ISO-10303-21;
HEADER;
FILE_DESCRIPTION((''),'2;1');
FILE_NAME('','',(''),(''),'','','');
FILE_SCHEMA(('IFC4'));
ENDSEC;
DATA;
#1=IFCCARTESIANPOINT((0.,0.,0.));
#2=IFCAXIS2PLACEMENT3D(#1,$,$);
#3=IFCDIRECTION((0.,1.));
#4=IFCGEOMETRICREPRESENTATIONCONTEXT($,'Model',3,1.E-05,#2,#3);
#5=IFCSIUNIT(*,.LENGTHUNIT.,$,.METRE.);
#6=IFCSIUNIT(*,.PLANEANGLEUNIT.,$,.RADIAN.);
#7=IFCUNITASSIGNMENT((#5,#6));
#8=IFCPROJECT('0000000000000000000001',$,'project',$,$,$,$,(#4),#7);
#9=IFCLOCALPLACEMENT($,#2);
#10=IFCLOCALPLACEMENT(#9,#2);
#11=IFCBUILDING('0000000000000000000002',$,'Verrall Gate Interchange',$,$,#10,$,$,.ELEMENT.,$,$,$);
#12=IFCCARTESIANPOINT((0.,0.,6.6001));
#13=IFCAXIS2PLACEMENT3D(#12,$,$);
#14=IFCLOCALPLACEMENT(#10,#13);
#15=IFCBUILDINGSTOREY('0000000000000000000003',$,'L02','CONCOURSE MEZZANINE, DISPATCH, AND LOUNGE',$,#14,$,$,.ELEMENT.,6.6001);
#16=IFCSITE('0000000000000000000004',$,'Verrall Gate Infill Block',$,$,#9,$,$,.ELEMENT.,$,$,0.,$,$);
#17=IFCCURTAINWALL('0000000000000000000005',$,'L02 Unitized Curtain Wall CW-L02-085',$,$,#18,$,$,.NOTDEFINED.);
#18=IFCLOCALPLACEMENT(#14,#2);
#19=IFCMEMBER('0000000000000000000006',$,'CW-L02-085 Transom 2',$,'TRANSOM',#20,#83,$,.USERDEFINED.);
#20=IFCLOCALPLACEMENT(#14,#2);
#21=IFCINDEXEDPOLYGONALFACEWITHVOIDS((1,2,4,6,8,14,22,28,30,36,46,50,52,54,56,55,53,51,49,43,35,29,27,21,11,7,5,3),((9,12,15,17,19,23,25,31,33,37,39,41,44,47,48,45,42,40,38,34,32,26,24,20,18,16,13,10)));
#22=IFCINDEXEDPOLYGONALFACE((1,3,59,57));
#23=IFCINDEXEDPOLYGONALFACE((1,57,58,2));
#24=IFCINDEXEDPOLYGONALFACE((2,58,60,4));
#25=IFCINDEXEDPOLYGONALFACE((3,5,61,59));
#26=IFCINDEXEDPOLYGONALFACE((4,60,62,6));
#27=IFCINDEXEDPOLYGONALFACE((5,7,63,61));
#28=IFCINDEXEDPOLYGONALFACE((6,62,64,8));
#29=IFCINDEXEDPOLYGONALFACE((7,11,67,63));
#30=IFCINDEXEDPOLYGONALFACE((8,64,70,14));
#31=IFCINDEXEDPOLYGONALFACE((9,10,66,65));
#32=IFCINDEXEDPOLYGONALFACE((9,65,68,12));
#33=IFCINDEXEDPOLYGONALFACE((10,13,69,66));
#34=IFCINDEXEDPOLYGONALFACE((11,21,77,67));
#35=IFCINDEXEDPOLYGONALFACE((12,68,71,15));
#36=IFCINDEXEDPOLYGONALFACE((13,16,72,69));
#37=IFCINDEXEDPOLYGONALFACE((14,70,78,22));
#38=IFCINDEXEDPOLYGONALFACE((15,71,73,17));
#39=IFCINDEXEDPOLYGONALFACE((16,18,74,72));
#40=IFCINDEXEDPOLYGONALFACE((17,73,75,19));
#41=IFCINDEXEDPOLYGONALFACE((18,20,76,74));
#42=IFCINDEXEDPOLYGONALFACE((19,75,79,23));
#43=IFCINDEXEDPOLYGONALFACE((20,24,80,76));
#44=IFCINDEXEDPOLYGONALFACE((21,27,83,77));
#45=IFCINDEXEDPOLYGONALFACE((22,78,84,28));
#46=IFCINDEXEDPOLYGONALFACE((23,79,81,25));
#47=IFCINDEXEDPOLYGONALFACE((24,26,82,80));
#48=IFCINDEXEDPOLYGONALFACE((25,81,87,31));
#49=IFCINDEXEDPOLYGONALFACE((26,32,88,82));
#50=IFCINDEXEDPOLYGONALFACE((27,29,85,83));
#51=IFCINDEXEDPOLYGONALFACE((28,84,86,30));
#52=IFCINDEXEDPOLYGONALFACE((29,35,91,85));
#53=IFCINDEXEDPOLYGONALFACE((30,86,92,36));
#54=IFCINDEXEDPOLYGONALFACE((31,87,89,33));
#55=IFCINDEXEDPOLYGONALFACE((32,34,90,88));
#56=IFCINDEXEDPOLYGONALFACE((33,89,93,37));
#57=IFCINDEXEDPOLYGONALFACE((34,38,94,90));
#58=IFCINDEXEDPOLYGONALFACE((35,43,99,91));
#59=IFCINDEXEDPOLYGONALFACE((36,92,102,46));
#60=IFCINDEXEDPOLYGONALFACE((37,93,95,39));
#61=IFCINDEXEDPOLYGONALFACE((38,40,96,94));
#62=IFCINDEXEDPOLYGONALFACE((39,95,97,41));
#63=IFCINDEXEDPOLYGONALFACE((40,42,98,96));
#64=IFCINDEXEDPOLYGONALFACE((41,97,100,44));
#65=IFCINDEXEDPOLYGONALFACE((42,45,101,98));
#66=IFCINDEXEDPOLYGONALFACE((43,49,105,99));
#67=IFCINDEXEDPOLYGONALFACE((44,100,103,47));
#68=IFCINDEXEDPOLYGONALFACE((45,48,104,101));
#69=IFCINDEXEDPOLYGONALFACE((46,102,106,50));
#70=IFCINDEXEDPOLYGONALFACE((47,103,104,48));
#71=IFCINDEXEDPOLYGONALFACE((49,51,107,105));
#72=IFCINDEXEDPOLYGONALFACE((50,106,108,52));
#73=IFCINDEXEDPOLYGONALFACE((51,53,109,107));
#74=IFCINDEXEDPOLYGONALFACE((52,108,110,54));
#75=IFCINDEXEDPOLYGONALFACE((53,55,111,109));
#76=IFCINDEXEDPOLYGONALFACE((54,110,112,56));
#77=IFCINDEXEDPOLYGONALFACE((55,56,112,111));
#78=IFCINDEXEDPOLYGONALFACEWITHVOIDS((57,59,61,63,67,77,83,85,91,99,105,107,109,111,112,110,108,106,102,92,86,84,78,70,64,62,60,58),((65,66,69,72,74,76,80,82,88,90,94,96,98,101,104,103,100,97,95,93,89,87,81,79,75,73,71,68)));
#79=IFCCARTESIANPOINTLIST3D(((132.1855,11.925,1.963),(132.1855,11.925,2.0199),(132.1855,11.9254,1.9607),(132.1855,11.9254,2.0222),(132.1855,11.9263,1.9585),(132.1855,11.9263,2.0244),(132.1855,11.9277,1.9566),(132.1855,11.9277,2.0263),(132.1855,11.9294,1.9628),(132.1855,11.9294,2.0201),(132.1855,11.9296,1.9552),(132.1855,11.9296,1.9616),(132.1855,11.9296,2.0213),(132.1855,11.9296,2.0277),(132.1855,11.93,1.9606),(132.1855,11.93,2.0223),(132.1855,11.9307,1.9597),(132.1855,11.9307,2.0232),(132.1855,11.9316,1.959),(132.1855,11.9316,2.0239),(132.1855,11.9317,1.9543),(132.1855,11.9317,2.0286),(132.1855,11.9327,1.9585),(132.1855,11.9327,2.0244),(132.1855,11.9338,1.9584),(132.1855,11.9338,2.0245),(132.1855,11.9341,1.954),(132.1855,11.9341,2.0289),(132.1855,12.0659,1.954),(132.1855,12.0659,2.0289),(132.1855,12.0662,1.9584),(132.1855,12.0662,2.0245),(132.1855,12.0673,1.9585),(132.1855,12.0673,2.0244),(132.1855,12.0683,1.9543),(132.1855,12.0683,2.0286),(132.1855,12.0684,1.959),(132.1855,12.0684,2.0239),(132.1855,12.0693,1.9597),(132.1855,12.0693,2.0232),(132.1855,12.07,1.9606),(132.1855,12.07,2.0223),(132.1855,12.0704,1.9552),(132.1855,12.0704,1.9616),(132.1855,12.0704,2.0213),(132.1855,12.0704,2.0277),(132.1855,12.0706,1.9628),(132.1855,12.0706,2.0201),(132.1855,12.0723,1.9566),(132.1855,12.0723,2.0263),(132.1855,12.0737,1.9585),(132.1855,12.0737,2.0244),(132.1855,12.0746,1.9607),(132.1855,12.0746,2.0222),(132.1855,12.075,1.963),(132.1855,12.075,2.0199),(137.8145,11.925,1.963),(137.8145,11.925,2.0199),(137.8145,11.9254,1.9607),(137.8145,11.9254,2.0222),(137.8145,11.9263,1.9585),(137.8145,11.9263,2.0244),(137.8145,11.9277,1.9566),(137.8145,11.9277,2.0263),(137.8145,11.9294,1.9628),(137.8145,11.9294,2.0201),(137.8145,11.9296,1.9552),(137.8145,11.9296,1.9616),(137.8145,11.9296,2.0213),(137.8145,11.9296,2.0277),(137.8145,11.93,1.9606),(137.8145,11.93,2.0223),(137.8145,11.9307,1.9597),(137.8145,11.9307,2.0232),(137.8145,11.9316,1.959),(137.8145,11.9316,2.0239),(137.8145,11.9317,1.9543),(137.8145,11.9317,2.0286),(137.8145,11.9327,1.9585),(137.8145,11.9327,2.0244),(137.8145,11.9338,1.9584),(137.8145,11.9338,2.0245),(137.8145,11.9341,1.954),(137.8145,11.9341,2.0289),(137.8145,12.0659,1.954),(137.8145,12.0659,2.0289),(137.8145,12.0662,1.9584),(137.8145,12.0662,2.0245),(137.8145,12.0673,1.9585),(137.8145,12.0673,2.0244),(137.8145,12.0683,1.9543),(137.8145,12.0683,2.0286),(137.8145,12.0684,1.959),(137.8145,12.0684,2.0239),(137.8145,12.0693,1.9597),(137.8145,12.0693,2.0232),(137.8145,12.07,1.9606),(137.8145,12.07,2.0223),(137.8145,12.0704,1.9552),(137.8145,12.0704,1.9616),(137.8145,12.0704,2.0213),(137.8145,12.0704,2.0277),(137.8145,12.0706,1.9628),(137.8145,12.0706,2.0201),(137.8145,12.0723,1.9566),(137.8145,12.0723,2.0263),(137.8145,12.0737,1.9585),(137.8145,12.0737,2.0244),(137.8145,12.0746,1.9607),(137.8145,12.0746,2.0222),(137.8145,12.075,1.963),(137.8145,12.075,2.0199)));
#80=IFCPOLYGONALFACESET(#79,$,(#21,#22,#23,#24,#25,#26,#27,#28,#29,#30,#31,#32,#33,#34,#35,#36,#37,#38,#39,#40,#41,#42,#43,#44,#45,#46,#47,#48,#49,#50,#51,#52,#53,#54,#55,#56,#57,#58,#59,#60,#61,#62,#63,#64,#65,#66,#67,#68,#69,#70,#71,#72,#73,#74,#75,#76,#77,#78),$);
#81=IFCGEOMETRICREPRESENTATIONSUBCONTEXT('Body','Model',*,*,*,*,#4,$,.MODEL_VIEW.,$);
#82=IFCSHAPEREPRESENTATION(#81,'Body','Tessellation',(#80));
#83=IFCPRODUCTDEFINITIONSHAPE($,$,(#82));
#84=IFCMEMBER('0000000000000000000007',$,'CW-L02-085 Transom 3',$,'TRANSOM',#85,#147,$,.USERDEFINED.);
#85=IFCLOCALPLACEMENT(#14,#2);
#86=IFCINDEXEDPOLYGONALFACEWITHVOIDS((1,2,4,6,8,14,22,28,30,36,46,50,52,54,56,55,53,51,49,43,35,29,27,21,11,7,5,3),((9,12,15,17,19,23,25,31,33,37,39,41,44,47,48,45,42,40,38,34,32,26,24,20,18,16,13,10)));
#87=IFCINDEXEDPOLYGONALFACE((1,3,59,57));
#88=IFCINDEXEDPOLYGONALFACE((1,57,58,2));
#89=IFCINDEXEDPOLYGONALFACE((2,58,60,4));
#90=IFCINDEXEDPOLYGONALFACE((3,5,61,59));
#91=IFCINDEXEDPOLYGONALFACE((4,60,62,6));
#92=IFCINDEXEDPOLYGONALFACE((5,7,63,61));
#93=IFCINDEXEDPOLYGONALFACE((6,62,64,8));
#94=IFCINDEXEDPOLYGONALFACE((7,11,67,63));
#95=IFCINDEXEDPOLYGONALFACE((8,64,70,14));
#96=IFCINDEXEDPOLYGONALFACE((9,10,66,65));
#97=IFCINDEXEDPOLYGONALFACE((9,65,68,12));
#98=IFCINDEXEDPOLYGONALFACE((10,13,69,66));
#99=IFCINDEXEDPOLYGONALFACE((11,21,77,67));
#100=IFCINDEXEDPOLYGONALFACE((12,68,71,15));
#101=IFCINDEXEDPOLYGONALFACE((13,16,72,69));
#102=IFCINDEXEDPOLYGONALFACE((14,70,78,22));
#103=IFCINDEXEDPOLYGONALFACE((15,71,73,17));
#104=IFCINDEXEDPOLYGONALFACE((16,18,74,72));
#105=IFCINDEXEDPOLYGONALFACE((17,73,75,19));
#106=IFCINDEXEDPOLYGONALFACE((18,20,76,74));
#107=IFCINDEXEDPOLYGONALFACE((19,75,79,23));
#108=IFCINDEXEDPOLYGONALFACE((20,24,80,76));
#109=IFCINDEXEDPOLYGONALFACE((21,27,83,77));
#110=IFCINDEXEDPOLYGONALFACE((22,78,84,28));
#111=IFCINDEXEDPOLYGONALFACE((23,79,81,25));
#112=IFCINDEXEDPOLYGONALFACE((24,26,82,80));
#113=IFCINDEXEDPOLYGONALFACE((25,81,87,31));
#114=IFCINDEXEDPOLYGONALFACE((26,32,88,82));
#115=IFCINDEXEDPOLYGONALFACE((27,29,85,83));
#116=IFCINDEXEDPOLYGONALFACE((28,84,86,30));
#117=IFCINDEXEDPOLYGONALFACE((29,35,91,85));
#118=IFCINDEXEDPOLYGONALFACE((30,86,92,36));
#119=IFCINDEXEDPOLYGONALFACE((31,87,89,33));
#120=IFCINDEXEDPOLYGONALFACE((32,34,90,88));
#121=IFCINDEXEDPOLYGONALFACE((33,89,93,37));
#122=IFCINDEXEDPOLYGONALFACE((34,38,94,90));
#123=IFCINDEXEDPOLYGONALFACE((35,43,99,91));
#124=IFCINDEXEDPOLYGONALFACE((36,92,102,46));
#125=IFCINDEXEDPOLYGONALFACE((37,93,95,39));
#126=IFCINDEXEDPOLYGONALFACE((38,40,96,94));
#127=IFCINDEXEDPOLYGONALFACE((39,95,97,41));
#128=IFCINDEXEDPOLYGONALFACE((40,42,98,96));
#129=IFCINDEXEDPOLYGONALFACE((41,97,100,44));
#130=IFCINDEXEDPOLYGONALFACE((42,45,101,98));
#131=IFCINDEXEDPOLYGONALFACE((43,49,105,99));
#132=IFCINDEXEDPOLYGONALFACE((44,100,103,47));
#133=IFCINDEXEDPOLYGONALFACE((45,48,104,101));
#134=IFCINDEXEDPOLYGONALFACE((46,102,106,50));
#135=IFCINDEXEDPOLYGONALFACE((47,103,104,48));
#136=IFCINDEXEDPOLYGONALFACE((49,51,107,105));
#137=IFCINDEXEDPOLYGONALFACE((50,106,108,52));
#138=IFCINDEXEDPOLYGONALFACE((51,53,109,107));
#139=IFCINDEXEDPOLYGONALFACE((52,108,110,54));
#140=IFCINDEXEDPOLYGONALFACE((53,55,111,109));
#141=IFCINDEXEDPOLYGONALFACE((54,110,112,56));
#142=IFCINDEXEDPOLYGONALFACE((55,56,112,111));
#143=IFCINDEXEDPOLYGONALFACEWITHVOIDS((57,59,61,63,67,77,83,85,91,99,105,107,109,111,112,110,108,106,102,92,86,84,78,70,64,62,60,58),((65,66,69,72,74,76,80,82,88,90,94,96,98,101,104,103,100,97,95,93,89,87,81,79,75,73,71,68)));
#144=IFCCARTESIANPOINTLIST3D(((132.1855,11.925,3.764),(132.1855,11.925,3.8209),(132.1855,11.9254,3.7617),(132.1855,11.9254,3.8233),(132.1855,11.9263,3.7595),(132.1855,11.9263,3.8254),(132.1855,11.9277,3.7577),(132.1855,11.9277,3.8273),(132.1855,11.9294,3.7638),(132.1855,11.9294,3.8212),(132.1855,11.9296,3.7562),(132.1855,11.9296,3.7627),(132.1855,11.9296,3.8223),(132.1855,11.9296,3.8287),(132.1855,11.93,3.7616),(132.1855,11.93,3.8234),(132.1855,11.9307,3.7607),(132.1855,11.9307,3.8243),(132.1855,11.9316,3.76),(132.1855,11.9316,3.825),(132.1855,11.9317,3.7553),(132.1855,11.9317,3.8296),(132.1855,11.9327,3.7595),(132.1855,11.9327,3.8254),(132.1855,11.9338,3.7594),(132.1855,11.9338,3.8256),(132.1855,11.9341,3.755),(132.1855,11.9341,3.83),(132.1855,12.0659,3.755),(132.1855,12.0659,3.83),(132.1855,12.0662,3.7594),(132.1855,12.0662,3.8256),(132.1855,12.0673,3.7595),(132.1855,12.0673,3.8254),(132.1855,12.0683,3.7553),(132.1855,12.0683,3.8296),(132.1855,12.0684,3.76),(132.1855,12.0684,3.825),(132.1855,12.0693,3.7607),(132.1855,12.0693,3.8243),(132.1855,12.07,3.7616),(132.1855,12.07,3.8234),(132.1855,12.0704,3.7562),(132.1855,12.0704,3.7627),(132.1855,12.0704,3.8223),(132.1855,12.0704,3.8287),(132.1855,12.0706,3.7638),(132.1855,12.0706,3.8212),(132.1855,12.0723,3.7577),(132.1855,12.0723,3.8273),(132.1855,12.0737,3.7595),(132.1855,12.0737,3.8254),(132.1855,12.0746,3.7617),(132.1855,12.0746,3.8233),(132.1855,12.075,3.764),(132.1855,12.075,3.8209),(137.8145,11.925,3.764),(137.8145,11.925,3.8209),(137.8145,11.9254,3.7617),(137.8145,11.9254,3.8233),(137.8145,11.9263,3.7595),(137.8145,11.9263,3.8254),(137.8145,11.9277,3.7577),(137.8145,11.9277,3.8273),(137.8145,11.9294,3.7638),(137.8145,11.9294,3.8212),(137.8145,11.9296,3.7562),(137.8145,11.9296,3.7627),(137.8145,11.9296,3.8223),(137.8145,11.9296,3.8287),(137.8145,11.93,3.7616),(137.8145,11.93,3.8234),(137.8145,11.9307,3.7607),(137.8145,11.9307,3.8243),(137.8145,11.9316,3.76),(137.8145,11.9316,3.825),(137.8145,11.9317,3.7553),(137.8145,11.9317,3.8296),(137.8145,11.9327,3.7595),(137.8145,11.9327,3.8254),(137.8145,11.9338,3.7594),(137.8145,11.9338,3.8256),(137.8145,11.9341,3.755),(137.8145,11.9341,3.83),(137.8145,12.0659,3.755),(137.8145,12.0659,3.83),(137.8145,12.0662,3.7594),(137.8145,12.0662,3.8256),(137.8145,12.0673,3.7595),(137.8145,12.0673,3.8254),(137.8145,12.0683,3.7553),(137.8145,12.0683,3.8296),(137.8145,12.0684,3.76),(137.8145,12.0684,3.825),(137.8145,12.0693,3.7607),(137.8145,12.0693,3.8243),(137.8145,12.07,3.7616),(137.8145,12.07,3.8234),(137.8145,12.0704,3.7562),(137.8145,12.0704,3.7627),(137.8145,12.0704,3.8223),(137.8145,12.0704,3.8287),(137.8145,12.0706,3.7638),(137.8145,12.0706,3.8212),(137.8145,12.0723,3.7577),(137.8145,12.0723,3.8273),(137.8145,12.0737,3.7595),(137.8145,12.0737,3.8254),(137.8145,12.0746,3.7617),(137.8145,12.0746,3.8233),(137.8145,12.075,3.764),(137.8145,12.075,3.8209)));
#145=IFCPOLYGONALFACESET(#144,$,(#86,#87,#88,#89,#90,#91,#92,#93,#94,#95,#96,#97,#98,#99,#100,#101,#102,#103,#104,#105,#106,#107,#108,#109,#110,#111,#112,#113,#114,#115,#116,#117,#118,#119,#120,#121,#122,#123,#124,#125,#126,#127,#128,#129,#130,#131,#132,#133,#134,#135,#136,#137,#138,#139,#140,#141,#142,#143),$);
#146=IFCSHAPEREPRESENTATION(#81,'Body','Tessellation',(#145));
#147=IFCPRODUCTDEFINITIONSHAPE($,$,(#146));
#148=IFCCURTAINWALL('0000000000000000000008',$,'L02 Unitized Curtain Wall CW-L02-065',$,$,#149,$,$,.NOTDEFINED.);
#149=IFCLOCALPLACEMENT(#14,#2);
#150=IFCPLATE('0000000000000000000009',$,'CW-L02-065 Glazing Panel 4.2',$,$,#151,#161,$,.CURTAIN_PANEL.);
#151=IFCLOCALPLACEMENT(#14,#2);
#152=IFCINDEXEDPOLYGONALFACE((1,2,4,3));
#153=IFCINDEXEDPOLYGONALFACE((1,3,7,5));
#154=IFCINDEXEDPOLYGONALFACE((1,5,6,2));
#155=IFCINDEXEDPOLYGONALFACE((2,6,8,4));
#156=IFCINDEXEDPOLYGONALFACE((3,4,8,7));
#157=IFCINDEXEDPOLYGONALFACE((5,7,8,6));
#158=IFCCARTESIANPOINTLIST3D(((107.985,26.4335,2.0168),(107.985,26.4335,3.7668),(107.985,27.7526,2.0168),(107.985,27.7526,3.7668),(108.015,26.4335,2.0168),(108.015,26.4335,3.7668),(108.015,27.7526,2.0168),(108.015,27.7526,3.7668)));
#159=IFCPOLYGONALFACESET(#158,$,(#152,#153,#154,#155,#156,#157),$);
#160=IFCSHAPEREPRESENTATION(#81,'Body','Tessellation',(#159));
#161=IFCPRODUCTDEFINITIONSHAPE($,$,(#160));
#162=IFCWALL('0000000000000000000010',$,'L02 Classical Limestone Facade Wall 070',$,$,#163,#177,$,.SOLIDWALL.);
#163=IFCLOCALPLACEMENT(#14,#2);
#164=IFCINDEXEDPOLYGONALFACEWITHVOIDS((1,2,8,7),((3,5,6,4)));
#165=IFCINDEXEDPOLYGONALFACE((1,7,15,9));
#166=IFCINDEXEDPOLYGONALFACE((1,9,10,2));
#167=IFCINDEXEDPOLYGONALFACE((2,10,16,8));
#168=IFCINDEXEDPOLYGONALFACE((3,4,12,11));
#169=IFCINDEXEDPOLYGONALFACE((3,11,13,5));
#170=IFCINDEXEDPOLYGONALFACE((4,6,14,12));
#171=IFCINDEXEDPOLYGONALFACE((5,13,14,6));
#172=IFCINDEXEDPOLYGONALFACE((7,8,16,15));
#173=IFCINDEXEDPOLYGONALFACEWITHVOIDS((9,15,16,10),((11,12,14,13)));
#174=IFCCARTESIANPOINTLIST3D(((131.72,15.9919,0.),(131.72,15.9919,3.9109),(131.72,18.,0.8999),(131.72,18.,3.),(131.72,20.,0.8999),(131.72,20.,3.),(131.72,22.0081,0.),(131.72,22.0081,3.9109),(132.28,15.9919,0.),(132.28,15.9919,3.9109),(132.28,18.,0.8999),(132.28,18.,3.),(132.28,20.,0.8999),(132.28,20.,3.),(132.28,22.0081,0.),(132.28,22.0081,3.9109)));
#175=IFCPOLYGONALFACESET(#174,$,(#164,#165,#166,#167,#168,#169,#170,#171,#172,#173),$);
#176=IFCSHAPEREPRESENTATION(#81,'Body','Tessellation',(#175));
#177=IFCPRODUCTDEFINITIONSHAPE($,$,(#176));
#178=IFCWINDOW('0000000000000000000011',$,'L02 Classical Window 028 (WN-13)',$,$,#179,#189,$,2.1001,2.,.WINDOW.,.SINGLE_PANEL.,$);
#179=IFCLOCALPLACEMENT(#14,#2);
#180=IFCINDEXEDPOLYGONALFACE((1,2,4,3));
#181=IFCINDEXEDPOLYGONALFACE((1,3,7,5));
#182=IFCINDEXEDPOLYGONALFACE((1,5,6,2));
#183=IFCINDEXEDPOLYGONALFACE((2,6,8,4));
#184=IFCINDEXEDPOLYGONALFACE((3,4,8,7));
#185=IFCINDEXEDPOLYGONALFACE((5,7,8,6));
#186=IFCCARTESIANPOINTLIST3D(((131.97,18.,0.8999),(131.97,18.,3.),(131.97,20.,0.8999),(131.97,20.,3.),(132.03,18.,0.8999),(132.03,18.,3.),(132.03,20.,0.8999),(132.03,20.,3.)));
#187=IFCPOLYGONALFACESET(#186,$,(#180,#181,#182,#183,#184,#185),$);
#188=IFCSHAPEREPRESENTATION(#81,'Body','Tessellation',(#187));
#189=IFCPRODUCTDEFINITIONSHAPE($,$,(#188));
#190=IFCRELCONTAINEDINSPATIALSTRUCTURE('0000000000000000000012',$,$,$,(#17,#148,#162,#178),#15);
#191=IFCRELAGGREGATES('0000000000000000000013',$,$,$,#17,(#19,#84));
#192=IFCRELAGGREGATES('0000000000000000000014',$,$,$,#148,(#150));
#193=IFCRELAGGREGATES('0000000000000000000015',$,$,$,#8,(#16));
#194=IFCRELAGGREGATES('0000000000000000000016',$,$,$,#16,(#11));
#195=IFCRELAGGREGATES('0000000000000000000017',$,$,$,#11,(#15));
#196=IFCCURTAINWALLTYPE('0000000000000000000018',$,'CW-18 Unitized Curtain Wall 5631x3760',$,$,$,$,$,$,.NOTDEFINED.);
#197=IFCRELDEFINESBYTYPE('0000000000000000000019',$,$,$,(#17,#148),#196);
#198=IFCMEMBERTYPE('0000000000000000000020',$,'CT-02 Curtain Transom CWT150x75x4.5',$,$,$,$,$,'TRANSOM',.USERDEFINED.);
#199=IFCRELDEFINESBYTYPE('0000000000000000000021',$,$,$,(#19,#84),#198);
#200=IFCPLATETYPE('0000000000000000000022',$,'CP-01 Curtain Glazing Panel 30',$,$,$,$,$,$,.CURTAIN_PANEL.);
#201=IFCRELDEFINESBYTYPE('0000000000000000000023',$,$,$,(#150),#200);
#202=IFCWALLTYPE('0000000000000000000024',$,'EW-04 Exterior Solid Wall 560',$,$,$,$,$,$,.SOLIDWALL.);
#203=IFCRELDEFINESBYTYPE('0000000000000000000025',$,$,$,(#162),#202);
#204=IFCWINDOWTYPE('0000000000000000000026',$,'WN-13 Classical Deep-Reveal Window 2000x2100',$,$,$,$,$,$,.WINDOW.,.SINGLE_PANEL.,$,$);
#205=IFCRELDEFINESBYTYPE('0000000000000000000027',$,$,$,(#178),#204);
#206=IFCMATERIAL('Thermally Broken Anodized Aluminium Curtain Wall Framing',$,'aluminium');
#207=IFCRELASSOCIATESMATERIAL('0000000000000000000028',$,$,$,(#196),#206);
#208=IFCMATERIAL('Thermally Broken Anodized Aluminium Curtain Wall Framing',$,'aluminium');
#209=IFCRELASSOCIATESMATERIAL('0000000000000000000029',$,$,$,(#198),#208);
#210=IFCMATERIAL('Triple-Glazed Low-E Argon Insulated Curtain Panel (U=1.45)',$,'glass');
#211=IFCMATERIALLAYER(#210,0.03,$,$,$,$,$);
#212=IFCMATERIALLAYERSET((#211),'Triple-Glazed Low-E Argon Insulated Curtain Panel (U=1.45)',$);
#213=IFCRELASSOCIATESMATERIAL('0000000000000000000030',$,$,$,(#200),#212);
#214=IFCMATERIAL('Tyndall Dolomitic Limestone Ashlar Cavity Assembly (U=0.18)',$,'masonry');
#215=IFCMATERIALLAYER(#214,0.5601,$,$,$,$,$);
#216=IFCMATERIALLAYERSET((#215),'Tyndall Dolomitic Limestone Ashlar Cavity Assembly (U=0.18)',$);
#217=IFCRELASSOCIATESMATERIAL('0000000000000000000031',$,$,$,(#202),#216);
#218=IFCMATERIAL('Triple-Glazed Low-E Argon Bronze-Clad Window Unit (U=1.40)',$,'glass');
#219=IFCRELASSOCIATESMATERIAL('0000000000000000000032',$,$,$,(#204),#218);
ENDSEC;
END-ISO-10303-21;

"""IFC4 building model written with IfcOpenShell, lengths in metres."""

from ifc_helpers import new_model, si_unit, direction, frame, frame_2d, origin, origin_2d, place, context, subcontext, project, spatial, rectangle, hollow_rectangle, extrude, material, layer, layer_set, material_profile, profile_set, type_object, element, fill, aggregate, save


model = new_model("IFC4")

# Units and contexts
model_context = context("Model", 3, precision=1e-05, world=origin(), true_north=direction((0.0, 1.0)))
body_context = subcontext(model_context, "Body", "Model", "MODEL_VIEW")
ifc_project = project(units=[si_unit("LENGTHUNIT", "METRE"), si_unit("PLANEANGLEUNIT", "RADIAN")], contexts=[model_context])

# Site, building, storey
site_placement = place(None, origin())
site = spatial("IfcSite", under=ifc_project, at=site_placement, Name="Verrall Gate Infill Block", CompositionType="ELEMENT", RefElevation=0.0)
building_placement = place(site_placement, origin())
building = spatial("IfcBuilding", under=site, at=building_placement, Name="Verrall Gate Interchange", CompositionType="ELEMENT")
storey_placement = place(building_placement, frame((0.0, 0.0, 6.6001)))
storey = spatial("IfcBuildingStorey", under=building, at=storey_placement, Name="L02", Description="CONCOURSE MEZZANINE, DISPATCH, AND LOUNGE", CompositionType="ELEMENT", Elevation=6.6001)

# Curtain wall, members
ifc_material_1 = material(Name="Thermally Broken Anodized Aluminium Curtain Wall Framing", Category="aluminium")
curtain_wall_type = type_object("IfcCurtainWallType", Name="CW-18 Unitized Curtain Wall 5631x3760", PredefinedType="NOTDEFINED", material=ifc_material_1)
curtain_wall_1_placement = place(storey_placement, origin())
curtain_wall_1 = element("IfcCurtainWall", 1, at=curtain_wall_1_placement, inside=storey, type_object=curtain_wall_type, Name="L02 Unitized Curtain Wall CW-L02-085", PredefinedType="NOTDEFINED")
ifc_material_2 = material(Name="Thermally Broken Anodized Aluminium Curtain Wall Framing", Category="aluminium")
ifc_material_profile_1 = material_profile(ifc_material_2, hollow_rectangle(XDim=0.1499, YDim=0.075, WallThickness=0.0044, InnerFilletRadius=0.0044, OuterFilletRadius=0.009, at=origin_2d()), Name="CWT150x75x4.5")
ifc_profile_set_1 = profile_set([ifc_material_profile_1], Name="Thermally Broken Anodized Aluminium Curtain Wall Framing")
member_type_1 = type_object("IfcMemberType", Name="CT-02 Curtain Transom CWT150x75x4.5", ElementType="TRANSOM", PredefinedType="USERDEFINED", material=ifc_profile_set_1)
member_1_placement = place(storey_placement, frame((132.1855, 12.0, 1.9915), z_axis=(1.0, 0.0, 0.0), x_axis=(0.0, 1.0, 0.0)))
member_1 = element("IfcMember", 2, at=member_1_placement, type_object=member_type_1, Name="CW-L02-085 Transom 2", ObjectType="TRANSOM", PredefinedType="USERDEFINED", context=body_context, shape_type="SweptSolid", body=[
    extrude(hollow_rectangle(XDim=0.1499, YDim=0.075, WallThickness=0.0044, InnerFilletRadius=0.0044, OuterFilletRadius=0.009, at=origin_2d()), origin(), (0.0, 0.0, 1.0), 5.6289),
])
member_2_placement = place(storey_placement, frame((132.1855, 12.0, 3.7925), z_axis=(1.0, 0.0, 0.0), x_axis=(0.0, 1.0, 0.0)))
member_2 = element("IfcMember", 3, at=member_2_placement, type_object=member_type_1, Name="CW-L02-085 Transom 3", ObjectType="TRANSOM", PredefinedType="USERDEFINED", context=body_context, shape_type="SweptSolid", body=[
    extrude(hollow_rectangle(XDim=0.1499, YDim=0.075, WallThickness=0.0044, InnerFilletRadius=0.0044, OuterFilletRadius=0.009, at=origin_2d()), origin(), (0.0, 0.0, 1.0), 5.6289),
])
aggregate(curtain_wall_1, [member_1, member_2])

# Curtain wall, plate
curtain_wall_2_placement = place(storey_placement, origin())
curtain_wall_2 = element("IfcCurtainWall", 4, at=curtain_wall_2_placement, inside=storey, type_object=curtain_wall_type, Name="L02 Unitized Curtain Wall CW-L02-065", PredefinedType="NOTDEFINED")
ifc_material_3 = material(Name="Triple-Glazed Low-E Argon Insulated Curtain Panel (U=1.45)", Category="glass")
ifc_layer_1 = layer(ifc_material_3, 0.03)
ifc_layer_set_1 = layer_set([ifc_layer_1], Name="Triple-Glazed Low-E Argon Insulated Curtain Panel (U=1.45)")
plate_type = type_object("IfcPlateType", Name="CP-01 Curtain Glazing Panel 30", PredefinedType="CURTAIN_PANEL", material=ifc_layer_set_1)
plate_placement = place(storey_placement, frame((108.0, 27.093, 2.0168), z_axis=(0.0, 0.0, 1.0), x_axis=(0.0, 1.0, 0.0)))
plate = element("IfcPlate", 5, at=plate_placement, type_object=plate_type, Name="CW-L02-065 Glazing Panel 4.2", PredefinedType="CURTAIN_PANEL", context=body_context, shape_type="SweptSolid", body=[
    extrude(rectangle(XDim=1.3191, YDim=0.03, at=origin_2d()), origin(), (0.0, 0.0, 1.0), 1.75),
])
aggregate(curtain_wall_2, [plate])

# Wall, opening, window
ifc_material_4 = material(Name="Tyndall Dolomitic Limestone Ashlar Cavity Assembly (U=0.18)", Category="masonry")
ifc_layer_2 = layer(ifc_material_4, 0.5601)
ifc_layer_set_2 = layer_set([ifc_layer_2], Name="Tyndall Dolomitic Limestone Ashlar Cavity Assembly (U=0.18)")
wall_type_1 = type_object("IfcWallType", Name="EW-04 Exterior Solid Wall 560", PredefinedType="SOLIDWALL", material=ifc_layer_set_2)
wall_1_placement = place(storey_placement, frame((132.0, 22.0081, 0.0), z_axis=(0.0, 0.0, 1.0), x_axis=(0.0, -1.0, 0.0)))
wall_1 = element("IfcWall", 6, at=wall_1_placement, inside=storey, type_object=wall_type_1, Name="L02 Classical Limestone Facade Wall 070", PredefinedType="SOLIDWALL", context=body_context, shape_type="SweptSolid", body=[
    extrude(rectangle(XDim=6.0161, YDim=0.5601, at=frame_2d((3.0081, 0.0))), origin(), (0.0, 0.0, 1.0), 3.9109),
])
opening_1_placement = place(wall_1_placement, frame((2.0081, 0.0, 0.8999)))
opening_1 = element("IfcOpeningElement", 7, at=opening_1_placement, cuts=wall_1, PredefinedType="OPENING", context=body_context, shape_type="SweptSolid", body=[
    extrude(rectangle(XDim=2.0, YDim=2.1001, at=frame_2d((1.0, 1.05))), frame((0.0, 0.2949, 0.0), z_axis=(0.0, -1.0, 0.0), x_axis=(1.0, 0.0, 0.0)), (0.0, 0.0, 1.0), 0.5898),
])
ifc_material_5 = material(Name="Triple-Glazed Low-E Argon Bronze-Clad Window Unit (U=1.40)", Category="glass")
window_type_1 = type_object("IfcWindowType", Name="WN-13 Classical Deep-Reveal Window 2000x2100", PartitioningType="SINGLE_PANEL", PredefinedType="WINDOW", material=ifc_material_5)
window_1_placement = place(opening_1_placement, origin())
window_1 = element("IfcWindow", 8, at=window_1_placement, inside=storey, type_object=window_type_1, Name="L02 Classical Window 028 (WN-13)", OverallHeight=2.1001, OverallWidth=2.0, PartitioningType="SINGLE_PANEL", PredefinedType="WINDOW", context=body_context, shape_type="SweptSolid", body=[
    extrude(rectangle(XDim=2.0, YDim=2.1001, at=frame_2d((1.0, 1.05))), frame((0.0, 0.03, 0.0), z_axis=(0.0, -1.0, 0.0), x_axis=(1.0, 0.0, 0.0)), (0.0, 0.0, 1.0), 0.0601),
])
fill(opening_1, window_1)

save(model, "model.ifc")
